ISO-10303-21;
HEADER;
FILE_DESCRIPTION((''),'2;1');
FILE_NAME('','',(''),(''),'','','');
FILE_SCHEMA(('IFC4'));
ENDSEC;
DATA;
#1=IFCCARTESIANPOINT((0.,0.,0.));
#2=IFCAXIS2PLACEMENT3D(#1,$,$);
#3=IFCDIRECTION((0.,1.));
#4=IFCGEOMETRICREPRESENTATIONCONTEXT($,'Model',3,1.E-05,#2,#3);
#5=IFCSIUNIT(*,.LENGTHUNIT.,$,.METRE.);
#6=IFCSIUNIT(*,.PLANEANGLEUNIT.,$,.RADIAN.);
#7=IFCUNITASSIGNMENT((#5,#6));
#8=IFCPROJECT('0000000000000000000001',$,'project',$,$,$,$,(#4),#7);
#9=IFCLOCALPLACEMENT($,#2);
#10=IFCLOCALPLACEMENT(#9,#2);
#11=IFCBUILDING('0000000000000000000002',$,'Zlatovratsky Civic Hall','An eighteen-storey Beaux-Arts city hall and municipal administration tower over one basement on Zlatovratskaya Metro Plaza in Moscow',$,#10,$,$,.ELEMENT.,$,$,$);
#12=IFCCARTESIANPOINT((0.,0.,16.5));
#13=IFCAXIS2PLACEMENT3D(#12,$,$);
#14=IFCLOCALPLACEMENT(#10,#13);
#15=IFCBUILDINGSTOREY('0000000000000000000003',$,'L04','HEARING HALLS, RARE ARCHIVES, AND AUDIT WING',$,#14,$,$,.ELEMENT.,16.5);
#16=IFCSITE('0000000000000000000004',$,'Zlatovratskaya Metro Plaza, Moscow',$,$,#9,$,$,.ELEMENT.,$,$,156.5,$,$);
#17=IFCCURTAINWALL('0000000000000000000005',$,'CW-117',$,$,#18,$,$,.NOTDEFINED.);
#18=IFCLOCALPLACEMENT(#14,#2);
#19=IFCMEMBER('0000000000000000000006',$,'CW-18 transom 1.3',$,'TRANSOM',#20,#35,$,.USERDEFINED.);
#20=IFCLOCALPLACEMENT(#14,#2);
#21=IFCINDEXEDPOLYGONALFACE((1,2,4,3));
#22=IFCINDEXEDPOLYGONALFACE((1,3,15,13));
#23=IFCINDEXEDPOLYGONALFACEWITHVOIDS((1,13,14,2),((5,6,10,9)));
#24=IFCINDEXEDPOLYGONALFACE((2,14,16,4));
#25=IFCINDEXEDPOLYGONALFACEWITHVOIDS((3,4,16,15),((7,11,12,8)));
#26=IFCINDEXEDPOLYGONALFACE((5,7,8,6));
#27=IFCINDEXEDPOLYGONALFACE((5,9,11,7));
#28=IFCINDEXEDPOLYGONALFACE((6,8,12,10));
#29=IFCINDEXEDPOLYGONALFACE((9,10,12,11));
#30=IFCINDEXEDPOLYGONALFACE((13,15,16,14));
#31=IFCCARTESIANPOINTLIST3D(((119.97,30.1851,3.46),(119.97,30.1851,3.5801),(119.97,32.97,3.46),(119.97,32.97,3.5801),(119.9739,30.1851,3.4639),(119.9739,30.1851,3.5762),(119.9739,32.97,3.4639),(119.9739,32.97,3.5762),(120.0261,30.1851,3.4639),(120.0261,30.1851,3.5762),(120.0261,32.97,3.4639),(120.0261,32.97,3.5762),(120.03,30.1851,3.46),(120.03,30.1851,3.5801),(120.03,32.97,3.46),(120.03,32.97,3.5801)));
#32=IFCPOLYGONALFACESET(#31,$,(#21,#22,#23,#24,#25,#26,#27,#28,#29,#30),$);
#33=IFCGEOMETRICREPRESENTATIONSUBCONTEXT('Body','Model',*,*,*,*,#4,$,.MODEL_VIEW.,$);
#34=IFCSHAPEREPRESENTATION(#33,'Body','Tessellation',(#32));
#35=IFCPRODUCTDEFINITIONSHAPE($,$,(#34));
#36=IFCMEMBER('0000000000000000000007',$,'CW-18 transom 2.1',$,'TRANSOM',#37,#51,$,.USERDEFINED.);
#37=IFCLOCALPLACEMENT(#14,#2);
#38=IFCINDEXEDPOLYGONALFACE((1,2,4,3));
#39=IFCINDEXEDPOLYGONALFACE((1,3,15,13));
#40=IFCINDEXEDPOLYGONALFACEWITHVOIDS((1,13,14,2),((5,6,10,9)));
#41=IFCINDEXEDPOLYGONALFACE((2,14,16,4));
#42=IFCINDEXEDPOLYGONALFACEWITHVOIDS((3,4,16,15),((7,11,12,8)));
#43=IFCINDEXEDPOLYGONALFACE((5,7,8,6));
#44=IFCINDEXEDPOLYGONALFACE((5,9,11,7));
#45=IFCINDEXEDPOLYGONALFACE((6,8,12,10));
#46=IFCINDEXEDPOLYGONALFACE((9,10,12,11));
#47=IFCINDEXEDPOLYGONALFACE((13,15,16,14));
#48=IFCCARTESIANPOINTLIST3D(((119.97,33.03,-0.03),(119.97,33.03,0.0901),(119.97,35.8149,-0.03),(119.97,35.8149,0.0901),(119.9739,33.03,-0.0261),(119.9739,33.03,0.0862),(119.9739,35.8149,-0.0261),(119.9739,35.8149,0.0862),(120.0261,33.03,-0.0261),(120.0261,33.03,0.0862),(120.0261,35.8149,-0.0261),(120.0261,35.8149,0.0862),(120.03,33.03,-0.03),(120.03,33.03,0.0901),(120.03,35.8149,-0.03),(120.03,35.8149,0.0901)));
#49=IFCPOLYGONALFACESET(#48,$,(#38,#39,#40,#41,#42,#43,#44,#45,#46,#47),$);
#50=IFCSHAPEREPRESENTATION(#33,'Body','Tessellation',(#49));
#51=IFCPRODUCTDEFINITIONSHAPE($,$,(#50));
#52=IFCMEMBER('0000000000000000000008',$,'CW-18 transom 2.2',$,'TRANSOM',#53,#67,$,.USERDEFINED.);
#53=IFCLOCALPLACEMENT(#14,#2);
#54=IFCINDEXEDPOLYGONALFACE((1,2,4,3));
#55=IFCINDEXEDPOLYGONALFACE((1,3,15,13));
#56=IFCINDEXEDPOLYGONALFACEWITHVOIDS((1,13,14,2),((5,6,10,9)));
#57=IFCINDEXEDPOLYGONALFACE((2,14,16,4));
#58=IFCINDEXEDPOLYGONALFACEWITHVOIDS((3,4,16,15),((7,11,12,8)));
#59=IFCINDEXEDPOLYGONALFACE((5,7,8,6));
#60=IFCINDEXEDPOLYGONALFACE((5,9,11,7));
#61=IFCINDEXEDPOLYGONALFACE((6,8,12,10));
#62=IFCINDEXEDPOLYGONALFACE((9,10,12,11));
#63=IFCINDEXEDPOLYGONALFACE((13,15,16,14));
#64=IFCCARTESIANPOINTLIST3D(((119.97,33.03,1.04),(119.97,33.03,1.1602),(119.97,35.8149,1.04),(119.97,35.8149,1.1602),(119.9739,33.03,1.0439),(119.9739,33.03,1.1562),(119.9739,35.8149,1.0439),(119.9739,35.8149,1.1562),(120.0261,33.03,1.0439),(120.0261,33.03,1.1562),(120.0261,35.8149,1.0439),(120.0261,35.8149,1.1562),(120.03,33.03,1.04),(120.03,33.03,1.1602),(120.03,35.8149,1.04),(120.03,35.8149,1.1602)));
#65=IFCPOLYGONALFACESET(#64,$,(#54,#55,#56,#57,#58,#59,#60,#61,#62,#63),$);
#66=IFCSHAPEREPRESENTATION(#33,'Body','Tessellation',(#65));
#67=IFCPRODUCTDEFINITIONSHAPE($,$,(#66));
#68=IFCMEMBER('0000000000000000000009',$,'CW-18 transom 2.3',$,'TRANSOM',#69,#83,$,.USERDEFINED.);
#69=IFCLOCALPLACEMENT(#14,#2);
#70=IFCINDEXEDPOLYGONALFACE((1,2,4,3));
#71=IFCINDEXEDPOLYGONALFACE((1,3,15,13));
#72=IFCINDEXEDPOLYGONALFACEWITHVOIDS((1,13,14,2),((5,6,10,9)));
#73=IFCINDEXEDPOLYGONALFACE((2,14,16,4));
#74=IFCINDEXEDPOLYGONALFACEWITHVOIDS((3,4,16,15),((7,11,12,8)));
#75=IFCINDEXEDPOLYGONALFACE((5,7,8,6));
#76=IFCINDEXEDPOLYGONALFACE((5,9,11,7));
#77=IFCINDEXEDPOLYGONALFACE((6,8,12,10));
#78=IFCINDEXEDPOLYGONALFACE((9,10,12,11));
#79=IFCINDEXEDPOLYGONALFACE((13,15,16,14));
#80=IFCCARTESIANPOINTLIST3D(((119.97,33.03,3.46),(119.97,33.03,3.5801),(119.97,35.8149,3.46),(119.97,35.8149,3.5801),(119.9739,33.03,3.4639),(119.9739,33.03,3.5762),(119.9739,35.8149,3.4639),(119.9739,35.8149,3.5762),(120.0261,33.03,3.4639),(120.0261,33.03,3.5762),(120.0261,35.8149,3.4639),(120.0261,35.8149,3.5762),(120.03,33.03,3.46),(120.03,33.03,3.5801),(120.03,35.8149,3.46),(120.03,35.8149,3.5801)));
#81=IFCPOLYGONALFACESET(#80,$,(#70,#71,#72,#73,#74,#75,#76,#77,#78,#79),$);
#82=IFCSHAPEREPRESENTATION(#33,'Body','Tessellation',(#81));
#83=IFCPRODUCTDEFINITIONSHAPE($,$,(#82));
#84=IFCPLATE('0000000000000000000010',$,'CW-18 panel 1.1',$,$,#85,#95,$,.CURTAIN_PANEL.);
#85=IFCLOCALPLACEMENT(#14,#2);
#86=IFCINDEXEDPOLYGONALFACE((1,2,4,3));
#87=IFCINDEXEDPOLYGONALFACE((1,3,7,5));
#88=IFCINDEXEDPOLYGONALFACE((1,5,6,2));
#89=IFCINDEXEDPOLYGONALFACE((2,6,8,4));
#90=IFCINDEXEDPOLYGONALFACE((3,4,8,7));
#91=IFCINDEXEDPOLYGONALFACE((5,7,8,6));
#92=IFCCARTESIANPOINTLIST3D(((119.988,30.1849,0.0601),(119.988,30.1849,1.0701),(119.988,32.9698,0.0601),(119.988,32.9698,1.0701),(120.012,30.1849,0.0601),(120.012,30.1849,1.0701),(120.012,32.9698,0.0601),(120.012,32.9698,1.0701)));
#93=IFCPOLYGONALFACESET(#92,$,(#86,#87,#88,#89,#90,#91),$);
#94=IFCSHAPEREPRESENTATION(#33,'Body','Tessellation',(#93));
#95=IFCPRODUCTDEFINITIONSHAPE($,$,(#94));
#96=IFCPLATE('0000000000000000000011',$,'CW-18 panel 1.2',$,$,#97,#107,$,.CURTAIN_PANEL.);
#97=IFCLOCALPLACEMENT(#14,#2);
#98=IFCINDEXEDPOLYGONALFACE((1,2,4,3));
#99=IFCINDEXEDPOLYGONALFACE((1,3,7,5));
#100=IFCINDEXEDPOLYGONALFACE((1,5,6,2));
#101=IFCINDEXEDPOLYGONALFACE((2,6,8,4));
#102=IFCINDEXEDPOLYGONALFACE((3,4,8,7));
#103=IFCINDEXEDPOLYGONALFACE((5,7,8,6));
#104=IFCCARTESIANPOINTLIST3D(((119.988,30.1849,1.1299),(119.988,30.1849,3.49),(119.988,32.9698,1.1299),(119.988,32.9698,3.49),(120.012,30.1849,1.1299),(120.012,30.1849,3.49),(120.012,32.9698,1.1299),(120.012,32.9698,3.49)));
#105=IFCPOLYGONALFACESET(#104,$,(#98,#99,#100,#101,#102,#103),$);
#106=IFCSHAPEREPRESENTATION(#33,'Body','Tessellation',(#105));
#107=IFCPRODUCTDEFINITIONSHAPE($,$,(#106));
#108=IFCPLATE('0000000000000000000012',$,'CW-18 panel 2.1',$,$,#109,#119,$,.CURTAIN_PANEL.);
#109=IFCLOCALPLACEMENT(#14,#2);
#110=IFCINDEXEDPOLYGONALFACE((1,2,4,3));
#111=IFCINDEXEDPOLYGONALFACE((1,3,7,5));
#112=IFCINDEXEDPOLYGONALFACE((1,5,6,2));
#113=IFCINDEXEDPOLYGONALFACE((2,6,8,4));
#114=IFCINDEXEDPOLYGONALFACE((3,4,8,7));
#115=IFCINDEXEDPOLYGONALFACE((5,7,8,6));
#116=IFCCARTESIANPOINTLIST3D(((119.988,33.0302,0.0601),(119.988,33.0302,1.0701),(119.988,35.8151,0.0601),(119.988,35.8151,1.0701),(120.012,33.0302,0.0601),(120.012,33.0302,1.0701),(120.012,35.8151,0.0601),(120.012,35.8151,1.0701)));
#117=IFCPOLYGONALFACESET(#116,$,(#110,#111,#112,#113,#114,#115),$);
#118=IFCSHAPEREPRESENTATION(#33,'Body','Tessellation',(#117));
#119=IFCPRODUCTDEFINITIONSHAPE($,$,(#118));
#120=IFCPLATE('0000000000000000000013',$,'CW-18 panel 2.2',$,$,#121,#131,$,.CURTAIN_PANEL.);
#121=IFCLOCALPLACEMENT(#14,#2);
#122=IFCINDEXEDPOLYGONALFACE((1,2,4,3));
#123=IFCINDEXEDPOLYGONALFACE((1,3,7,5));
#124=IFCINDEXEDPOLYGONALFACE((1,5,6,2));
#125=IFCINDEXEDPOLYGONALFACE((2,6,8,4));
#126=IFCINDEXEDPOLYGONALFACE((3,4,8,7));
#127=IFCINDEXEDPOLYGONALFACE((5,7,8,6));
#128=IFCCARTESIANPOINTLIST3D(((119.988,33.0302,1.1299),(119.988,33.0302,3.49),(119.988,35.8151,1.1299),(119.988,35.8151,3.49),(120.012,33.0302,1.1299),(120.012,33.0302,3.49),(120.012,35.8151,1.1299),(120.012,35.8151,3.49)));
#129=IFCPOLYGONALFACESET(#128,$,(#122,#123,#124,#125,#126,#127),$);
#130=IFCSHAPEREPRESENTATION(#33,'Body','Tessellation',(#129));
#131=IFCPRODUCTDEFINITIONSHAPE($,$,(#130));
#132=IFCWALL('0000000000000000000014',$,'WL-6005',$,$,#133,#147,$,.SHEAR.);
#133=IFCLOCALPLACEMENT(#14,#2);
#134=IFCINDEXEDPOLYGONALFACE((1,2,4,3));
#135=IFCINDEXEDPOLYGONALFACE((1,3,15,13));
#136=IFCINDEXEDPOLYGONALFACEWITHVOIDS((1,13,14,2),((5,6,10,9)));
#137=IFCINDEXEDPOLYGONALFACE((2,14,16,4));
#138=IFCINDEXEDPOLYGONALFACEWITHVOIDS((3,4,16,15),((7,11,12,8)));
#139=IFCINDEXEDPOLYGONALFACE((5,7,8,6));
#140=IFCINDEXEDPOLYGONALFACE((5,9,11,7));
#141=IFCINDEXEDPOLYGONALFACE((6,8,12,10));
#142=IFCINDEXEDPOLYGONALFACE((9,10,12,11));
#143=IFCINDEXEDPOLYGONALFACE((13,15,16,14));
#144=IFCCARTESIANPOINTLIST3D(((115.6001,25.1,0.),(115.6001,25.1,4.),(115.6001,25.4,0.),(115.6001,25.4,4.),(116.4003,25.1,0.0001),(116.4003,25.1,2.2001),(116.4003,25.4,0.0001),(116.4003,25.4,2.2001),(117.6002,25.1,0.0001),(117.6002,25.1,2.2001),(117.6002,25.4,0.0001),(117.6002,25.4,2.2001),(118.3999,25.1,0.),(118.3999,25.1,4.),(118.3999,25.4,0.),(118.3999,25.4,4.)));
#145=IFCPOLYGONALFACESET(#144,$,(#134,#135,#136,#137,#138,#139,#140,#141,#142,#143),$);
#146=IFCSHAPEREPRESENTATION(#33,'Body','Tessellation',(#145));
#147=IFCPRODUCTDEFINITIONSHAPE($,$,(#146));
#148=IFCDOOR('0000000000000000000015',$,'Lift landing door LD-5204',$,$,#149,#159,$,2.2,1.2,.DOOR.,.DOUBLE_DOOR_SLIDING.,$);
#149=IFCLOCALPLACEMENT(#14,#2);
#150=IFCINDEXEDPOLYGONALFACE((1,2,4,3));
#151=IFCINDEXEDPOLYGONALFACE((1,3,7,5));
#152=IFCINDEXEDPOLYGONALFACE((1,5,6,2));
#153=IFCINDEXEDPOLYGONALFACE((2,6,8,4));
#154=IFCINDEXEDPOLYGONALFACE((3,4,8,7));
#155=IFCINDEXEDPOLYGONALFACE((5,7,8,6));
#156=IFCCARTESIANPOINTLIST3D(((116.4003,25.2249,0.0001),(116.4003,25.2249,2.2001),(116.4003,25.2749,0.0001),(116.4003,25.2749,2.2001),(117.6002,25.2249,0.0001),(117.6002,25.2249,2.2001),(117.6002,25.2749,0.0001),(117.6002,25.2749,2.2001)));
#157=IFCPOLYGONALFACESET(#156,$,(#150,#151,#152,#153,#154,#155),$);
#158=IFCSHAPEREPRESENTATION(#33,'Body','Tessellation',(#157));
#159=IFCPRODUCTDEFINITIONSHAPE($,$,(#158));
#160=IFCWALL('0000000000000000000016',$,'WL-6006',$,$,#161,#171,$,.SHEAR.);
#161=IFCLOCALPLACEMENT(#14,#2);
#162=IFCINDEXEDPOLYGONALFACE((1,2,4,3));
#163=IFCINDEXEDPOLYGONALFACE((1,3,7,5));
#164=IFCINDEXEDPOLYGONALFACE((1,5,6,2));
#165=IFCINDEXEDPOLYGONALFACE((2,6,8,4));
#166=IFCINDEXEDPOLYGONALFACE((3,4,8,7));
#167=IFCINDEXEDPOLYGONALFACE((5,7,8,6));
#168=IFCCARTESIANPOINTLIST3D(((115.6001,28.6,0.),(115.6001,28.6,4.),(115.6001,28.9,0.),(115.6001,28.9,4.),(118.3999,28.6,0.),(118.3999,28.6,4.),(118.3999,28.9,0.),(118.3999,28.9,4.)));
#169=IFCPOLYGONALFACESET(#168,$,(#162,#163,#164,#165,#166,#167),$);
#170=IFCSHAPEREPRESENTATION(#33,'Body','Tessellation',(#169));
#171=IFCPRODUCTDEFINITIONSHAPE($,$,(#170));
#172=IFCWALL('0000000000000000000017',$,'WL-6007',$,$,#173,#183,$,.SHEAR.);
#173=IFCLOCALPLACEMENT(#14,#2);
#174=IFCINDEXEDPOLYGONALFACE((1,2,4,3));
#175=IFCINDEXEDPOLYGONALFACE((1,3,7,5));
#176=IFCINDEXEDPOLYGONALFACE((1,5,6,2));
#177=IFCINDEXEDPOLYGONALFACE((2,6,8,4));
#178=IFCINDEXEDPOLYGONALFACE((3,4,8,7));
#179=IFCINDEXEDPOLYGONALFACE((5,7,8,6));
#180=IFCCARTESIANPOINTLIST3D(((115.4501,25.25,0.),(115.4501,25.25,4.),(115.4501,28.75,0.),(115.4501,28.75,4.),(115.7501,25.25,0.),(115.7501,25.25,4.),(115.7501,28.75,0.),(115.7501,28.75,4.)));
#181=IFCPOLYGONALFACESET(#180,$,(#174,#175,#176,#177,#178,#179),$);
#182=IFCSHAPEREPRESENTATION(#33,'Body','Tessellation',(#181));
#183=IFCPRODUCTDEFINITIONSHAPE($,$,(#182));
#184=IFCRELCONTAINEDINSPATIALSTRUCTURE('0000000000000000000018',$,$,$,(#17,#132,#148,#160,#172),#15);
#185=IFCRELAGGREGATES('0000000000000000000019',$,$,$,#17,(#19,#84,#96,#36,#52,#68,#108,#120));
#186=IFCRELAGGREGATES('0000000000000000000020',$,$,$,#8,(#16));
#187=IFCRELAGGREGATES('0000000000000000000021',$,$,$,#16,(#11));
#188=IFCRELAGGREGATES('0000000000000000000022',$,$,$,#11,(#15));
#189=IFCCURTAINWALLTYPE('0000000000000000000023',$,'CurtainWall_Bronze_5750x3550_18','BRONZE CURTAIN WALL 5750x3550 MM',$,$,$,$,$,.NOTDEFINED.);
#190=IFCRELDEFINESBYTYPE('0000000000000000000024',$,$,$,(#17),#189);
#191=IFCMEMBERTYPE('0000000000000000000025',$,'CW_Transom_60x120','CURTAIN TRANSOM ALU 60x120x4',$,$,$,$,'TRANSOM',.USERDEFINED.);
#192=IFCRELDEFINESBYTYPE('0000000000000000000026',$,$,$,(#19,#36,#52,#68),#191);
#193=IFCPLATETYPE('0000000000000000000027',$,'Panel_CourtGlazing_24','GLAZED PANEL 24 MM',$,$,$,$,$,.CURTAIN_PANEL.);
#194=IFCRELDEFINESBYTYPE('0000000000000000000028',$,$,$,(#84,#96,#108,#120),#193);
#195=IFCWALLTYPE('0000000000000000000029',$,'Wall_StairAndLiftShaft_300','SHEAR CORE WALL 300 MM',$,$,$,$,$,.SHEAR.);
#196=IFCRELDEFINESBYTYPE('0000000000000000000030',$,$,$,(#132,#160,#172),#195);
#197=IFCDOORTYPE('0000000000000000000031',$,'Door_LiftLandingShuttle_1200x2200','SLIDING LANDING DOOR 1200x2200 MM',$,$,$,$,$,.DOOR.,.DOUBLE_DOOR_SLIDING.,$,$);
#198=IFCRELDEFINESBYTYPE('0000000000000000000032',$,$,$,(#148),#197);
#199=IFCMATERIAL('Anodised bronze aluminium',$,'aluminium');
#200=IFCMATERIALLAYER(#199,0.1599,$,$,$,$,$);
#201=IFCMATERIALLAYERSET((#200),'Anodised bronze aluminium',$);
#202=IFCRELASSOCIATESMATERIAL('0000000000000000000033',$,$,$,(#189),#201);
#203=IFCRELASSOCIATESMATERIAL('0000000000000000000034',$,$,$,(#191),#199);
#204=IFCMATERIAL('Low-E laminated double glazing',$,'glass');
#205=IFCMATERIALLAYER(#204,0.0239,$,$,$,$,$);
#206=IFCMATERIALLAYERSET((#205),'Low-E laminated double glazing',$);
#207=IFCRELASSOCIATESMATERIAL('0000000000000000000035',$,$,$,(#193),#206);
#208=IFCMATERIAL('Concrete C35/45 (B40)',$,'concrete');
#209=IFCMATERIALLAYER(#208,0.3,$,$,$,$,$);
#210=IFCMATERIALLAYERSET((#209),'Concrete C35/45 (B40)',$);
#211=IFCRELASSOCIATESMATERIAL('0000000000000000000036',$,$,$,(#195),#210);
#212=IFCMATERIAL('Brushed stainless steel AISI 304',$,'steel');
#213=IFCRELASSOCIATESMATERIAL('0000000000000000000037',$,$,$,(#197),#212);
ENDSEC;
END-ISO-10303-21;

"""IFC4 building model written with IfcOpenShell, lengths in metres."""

from ifc_helpers import new_model, si_unit, direction, frame, frame_2d, origin, origin_2d, place, context, subcontext, project, spatial, rectangle, hollow_rectangle, extrude, material, layer, layer_set, material_profile, profile_set, type_object, element, fill, aggregate, save


model = new_model("IFC4")

# Units and contexts
model_context = context("Model", 3, precision=1e-05, world=origin(), true_north=direction((0.0, 1.0)))
body_context = subcontext(model_context, "Body", "Model", "MODEL_VIEW")
ifc_project = project(units=[si_unit("LENGTHUNIT", "METRE"), si_unit("PLANEANGLEUNIT", "RADIAN")], contexts=[model_context])

# Site, building, storey
site_placement = place(None, origin())
site = spatial("IfcSite", under=ifc_project, at=site_placement, Name="Zlatovratskaya Metro Plaza, Moscow", CompositionType="ELEMENT", RefElevation=156.5)
building_placement = place(site_placement, origin())
building = spatial("IfcBuilding", under=site, at=building_placement, Name="Zlatovratsky Civic Hall", Description="An eighteen-storey Beaux-Arts city hall and municipal administration tower over one basement on Zlatovratskaya Metro Plaza in Moscow", CompositionType="ELEMENT")
storey_placement = place(building_placement, frame((0.0, 0.0, 16.5)))
storey = spatial("IfcBuildingStorey", under=building, at=storey_placement, Name="L04", Description="HEARING HALLS, RARE ARCHIVES, AND AUDIT WING", CompositionType="ELEMENT", Elevation=16.5)

# Curtain wall, members, plates
ifc_material_1 = material(Name="Anodised bronze aluminium", Category="aluminium")
ifc_layer_1 = layer(ifc_material_1, 0.1599)
ifc_layer_set_1 = layer_set([ifc_layer_1], Name="Anodised bronze aluminium")
curtain_wall_type = type_object("IfcCurtainWallType", Name="CurtainWall_Bronze_5750x3550_18", Description="BRONZE CURTAIN WALL 5750x3550 MM", PredefinedType="NOTDEFINED", material=ifc_layer_set_1)
curtain_wall_placement = place(storey_placement, origin())
curtain_wall = element("IfcCurtainWall", 1, at=curtain_wall_placement, inside=storey, type_object=curtain_wall_type, Name="CW-117", PredefinedType="NOTDEFINED")
ifc_material_profile_1 = material_profile(ifc_material_1, hollow_rectangle(XDim=0.0601, YDim=0.1201, WallThickness=0.0039, at=origin_2d()), Name="ALU 60x120x4")
ifc_profile_set_1 = profile_set([ifc_material_profile_1], Name="Anodised bronze aluminium")
member_type_1 = type_object("IfcMemberType", Name="CW_Transom_60x120", Description="CURTAIN TRANSOM ALU 60x120x4", ElementType="TRANSOM", PredefinedType="USERDEFINED", material=ifc_profile_set_1)
member_1_placement = place(storey_placement, frame((120.0, 30.1851, 3.52), z_axis=(0.0, 1.0, 0.0), x_axis=(-1.0, 0.0, 0.0)))
member_1 = element("IfcMember", 2, at=member_1_placement, type_object=member_type_1, Name="CW-18 transom 1.3", ObjectType="TRANSOM", PredefinedType="USERDEFINED", context=body_context, shape_type="SweptSolid", body=[
    extrude(hollow_rectangle(XDim=0.0601, YDim=0.1201, WallThickness=0.0039, at=origin_2d()), origin(), (0.0, 0.0, 1.0), 2.7849),
])
member_2_placement = place(storey_placement, frame((120.0, 33.03, 0.03), z_axis=(0.0, 1.0, 0.0), x_axis=(-1.0, 0.0, 0.0)))
member_2 = element("IfcMember", 3, at=member_2_placement, type_object=member_type_1, Name="CW-18 transom 2.1", ObjectType="TRANSOM", PredefinedType="USERDEFINED", context=body_context, shape_type="SweptSolid", body=[
    extrude(hollow_rectangle(XDim=0.0601, YDim=0.1201, WallThickness=0.0039, at=origin_2d()), origin(), (0.0, 0.0, 1.0), 2.7849),
])
member_3_placement = place(storey_placement, frame((120.0, 33.03, 1.1001), z_axis=(0.0, 1.0, 0.0), x_axis=(-1.0, 0.0, 0.0)))
member_3 = element("IfcMember", 4, at=member_3_placement, type_object=member_type_1, Name="CW-18 transom 2.2", ObjectType="TRANSOM", PredefinedType="USERDEFINED", context=body_context, shape_type="SweptSolid", body=[
    extrude(hollow_rectangle(XDim=0.0601, YDim=0.1201, WallThickness=0.0039, at=origin_2d()), origin(), (0.0, 0.0, 1.0), 2.7849),
])
member_4_placement = place(storey_placement, frame((120.0, 33.03, 3.52), z_axis=(0.0, 1.0, 0.0), x_axis=(-1.0, 0.0, 0.0)))
member_4 = element("IfcMember", 5, at=member_4_placement, type_object=member_type_1, Name="CW-18 transom 2.3", ObjectType="TRANSOM", PredefinedType="USERDEFINED", context=body_context, shape_type="SweptSolid", body=[
    extrude(hollow_rectangle(XDim=0.0601, YDim=0.1201, WallThickness=0.0039, at=origin_2d()), origin(), (0.0, 0.0, 1.0), 2.7849),
])
ifc_material_2 = material(Name="Low-E laminated double glazing", Category="glass")
ifc_layer_2 = layer(ifc_material_2, 0.0239)
ifc_layer_set_2 = layer_set([ifc_layer_2], Name="Low-E laminated double glazing")
plate_type = type_object("IfcPlateType", Name="Panel_CourtGlazing_24", Description="GLAZED PANEL 24 MM", PredefinedType="CURTAIN_PANEL", material=ifc_layer_set_2)
plate_1_placement = place(storey_placement, frame((120.0, 31.5774, 0.0601), z_axis=(0.0, 0.0, 1.0), x_axis=(0.0, 1.0, 0.0)))
plate_1 = element("IfcPlate", 6, at=plate_1_placement, type_object=plate_type, Name="CW-18 panel 1.1", PredefinedType="CURTAIN_PANEL", context=body_context, shape_type="SweptSolid", body=[
    extrude(rectangle(XDim=2.7849, YDim=0.0239, at=origin_2d()), origin(), (0.0, 0.0, 1.0), 1.01),
])
plate_2_placement = place(storey_placement, frame((120.0, 31.5774, 1.1299), z_axis=(0.0, 0.0, 1.0), x_axis=(0.0, 1.0, 0.0)))
plate_2 = element("IfcPlate", 7, at=plate_2_placement, type_object=plate_type, Name="CW-18 panel 1.2", PredefinedType="CURTAIN_PANEL", context=body_context, shape_type="SweptSolid", body=[
    extrude(rectangle(XDim=2.7849, YDim=0.0239, at=origin_2d()), origin(), (0.0, 0.0, 1.0), 2.3601),
])
plate_3_placement = place(storey_placement, frame((120.0, 34.4226, 0.0601), z_axis=(0.0, 0.0, 1.0), x_axis=(0.0, 1.0, 0.0)))
plate_3 = element("IfcPlate", 8, at=plate_3_placement, type_object=plate_type, Name="CW-18 panel 2.1", PredefinedType="CURTAIN_PANEL", context=body_context, shape_type="SweptSolid", body=[
    extrude(rectangle(XDim=2.7849, YDim=0.0239, at=origin_2d()), origin(), (0.0, 0.0, 1.0), 1.01),
])
plate_4_placement = place(storey_placement, frame((120.0, 34.4226, 1.1299), z_axis=(0.0, 0.0, 1.0), x_axis=(0.0, 1.0, 0.0)))
plate_4 = element("IfcPlate", 9, at=plate_4_placement, type_object=plate_type, Name="CW-18 panel 2.2", PredefinedType="CURTAIN_PANEL", context=body_context, shape_type="SweptSolid", body=[
    extrude(rectangle(XDim=2.7849, YDim=0.0239, at=origin_2d()), origin(), (0.0, 0.0, 1.0), 2.3601),
])
aggregate(curtain_wall, [member_1, plate_1, plate_2, member_2, member_3, member_4, plate_3, plate_4])

# Wall, opening, door
ifc_material_3 = material(Name="Concrete C35/45 (B40)", Category="concrete")
ifc_layer_3 = layer(ifc_material_3, 0.3)
ifc_layer_set_3 = layer_set([ifc_layer_3], Name="Concrete C35/45 (B40)")
wall_type = type_object("IfcWallType", Name="Wall_StairAndLiftShaft_300", Description="SHEAR CORE WALL 300 MM", PredefinedType="SHEAR", material=ifc_layer_set_3)
wall_1_placement = place(storey_placement, frame((115.6001, 25.25, 0.0), z_axis=(0.0, 0.0, 1.0), x_axis=(1.0, 0.0, 0.0)))
wall_1 = element("IfcWall", 10, at=wall_1_placement, inside=storey, type_object=wall_type, Name="WL-6005", PredefinedType="SHEAR", context=body_context, shape_type="SweptSolid", body=[
    extrude(rectangle(XDim=2.7998, YDim=0.3, at=frame_2d((1.3999, 0.0))), origin(), (0.0, 0.0, 1.0), 4.0),
])
opening_placement = place(wall_1_placement, frame((0.8, 0.0, 0.0)))
opening = element("IfcOpeningElement", 11, at=opening_placement, cuts=wall_1, PredefinedType="OPENING", context=body_context, shape_type="SweptSolid", body=[
    extrude(rectangle(XDim=1.2, YDim=2.2, at=frame_2d((0.6001, 1.1001))), frame((0.0, 0.165, 0.0), z_axis=(0.0, -1.0, 0.0), x_axis=(1.0, 0.0, 0.0)), (0.0, 0.0, 1.0), 0.3298),
])
ifc_material_4 = material(Name="Brushed stainless steel AISI 304", Category="steel")
door_type = type_object("IfcDoorType", Name="Door_LiftLandingShuttle_1200x2200", Description="SLIDING LANDING DOOR 1200x2200 MM", OperationType="DOUBLE_DOOR_SLIDING", PredefinedType="DOOR", material=ifc_material_4)
door_placement = place(opening_placement, origin())
door = element("IfcDoor", 12, at=door_placement, inside=storey, type_object=door_type, Name="Lift landing door LD-5204", OperationType="DOUBLE_DOOR_SLIDING", OverallHeight=2.2, OverallWidth=1.2, PredefinedType="DOOR", context=body_context, shape_type="SweptSolid", body=[
    extrude(rectangle(XDim=1.2, YDim=2.2, at=frame_2d((0.6001, 1.1001))), frame((0.0, 0.0249, 0.0), z_axis=(0.0, -1.0, 0.0), x_axis=(1.0, 0.0, 0.0)), (0.0, 0.0, 1.0), 0.05),
])
fill(opening, door)

# Walls
wall_2_placement = place(storey_placement, frame((115.6001, 28.75, 0.0), z_axis=(0.0, 0.0, 1.0), x_axis=(1.0, 0.0, 0.0)))
element("IfcWall", 13, at=wall_2_placement, inside=storey, type_object=wall_type, Name="WL-6006", PredefinedType="SHEAR", context=body_context, shape_type="SweptSolid", body=[
    extrude(rectangle(XDim=2.7998, YDim=0.3, at=frame_2d((1.3999, 0.0))), origin(), (0.0, 0.0, 1.0), 4.0),
])
for number, where, z_axis, x_axis, name in (
    (14, (115.6001, 25.25, 0.0), (0.0, 0.0, 1.0), (0.0, 1.0, 0.0), "WL-6007"),
):
    element("IfcWall", number, at=place(storey_placement, frame(where, z_axis=z_axis, x_axis=x_axis)), inside=storey, type_object=wall_type, Name=name, PredefinedType="SHEAR", context=body_context, shape_type="SweptSolid", body=[
        extrude(rectangle(XDim=3.5, YDim=0.3, at=frame_2d((1.75, 0.0))), origin(), (0.0, 0.0, 1.0), 4.0),
    ])

save(model, "model.ifc")
